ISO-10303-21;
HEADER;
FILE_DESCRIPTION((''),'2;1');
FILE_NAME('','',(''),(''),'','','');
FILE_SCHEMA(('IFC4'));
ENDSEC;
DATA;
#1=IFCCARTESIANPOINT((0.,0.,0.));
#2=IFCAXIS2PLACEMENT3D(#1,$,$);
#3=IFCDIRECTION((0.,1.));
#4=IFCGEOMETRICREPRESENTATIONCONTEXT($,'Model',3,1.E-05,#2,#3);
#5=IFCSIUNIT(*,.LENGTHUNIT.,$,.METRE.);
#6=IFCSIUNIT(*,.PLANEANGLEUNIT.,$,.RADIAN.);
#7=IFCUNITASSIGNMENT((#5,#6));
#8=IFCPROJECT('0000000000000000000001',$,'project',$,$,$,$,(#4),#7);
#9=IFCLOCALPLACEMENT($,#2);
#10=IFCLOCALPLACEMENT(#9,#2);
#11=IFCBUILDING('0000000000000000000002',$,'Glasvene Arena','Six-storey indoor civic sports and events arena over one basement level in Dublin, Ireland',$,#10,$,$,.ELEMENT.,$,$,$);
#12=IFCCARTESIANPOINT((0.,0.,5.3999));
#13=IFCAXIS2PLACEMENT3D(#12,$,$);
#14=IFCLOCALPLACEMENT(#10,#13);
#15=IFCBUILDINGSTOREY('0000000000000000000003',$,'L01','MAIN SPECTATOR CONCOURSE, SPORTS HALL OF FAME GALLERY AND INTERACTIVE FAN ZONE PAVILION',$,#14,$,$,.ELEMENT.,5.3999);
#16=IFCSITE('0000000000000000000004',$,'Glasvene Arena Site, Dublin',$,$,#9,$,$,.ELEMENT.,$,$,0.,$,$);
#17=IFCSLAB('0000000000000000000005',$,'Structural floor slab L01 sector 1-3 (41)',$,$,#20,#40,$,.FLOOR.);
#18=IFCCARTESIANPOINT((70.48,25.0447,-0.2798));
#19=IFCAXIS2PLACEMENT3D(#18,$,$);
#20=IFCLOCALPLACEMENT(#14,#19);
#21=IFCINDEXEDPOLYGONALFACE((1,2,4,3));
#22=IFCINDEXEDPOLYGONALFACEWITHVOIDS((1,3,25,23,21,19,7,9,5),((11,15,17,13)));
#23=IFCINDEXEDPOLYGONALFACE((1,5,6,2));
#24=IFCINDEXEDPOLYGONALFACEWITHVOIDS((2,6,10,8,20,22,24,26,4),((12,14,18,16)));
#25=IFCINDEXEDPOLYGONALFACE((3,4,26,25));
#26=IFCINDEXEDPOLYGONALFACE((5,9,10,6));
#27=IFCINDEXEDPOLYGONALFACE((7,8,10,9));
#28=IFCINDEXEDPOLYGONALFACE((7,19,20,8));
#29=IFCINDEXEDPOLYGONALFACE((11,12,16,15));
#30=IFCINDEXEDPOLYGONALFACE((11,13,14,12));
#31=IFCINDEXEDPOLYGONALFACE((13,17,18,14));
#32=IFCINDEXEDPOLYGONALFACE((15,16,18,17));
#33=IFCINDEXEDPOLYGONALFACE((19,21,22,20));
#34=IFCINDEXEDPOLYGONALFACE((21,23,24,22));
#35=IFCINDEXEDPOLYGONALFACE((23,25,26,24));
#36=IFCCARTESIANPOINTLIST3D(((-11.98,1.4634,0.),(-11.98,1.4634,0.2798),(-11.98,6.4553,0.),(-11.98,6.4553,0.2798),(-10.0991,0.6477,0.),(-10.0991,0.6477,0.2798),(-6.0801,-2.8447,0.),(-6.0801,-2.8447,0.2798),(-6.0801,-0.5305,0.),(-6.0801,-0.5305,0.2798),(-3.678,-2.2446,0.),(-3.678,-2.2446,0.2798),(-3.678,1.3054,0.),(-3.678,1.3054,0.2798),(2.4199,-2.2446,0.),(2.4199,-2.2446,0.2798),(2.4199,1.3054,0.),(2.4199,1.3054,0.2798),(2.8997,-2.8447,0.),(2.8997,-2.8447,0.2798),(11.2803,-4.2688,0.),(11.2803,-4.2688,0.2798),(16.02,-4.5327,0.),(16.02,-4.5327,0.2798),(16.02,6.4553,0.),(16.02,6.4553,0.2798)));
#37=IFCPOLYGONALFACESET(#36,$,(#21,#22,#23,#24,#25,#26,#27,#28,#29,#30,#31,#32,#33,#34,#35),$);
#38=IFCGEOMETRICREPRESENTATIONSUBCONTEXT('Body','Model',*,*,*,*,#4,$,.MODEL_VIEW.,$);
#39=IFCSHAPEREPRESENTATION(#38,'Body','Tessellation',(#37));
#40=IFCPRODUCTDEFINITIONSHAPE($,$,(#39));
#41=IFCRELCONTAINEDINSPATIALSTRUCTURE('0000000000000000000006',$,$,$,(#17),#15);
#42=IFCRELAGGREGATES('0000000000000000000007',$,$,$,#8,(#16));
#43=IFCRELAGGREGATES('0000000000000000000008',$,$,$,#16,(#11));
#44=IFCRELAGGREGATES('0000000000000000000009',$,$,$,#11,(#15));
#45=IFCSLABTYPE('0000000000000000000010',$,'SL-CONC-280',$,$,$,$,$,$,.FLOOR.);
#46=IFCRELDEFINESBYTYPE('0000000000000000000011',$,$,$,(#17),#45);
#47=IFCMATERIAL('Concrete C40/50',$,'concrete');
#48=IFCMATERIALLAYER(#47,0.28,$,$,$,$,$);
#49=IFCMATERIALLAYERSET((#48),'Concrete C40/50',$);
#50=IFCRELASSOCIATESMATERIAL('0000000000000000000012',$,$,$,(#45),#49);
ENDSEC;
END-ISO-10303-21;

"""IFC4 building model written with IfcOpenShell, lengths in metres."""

from ifc_helpers import new_model, si_unit, direction, frame, origin, place, context, subcontext, project, spatial, polyline, outline, extrude, material, layer, layer_set, type_object, element, save


model = new_model("IFC4")

# Units and contexts
model_context = context("Model", 3, precision=1e-05, world=origin(), true_north=direction((0.0, 1.0)))
body_context = subcontext(model_context, "Body", "Model", "MODEL_VIEW")
ifc_project = project(units=[si_unit("LENGTHUNIT", "METRE"), si_unit("PLANEANGLEUNIT", "RADIAN")], contexts=[model_context])

# Site, building, storey
site_placement = place(None, origin())
site = spatial("IfcSite", under=ifc_project, at=site_placement, Name="Glasvene Arena Site, Dublin", CompositionType="ELEMENT", RefElevation=0.0)
building_placement = place(site_placement, origin())
building = spatial("IfcBuilding", under=site, at=building_placement, Name="Glasvene Arena", Description="Six-storey indoor civic sports and events arena over one basement level in Dublin, Ireland", CompositionType="ELEMENT")
storey_placement = place(building_placement, frame((0.0, 0.0, 5.3999)))
storey = spatial("IfcBuildingStorey", under=building, at=storey_placement, Name="L01", Description="MAIN SPECTATOR CONCOURSE, SPORTS HALL OF FAME GALLERY AND INTERACTIVE FAN ZONE PAVILION", CompositionType="ELEMENT", Elevation=5.3999)

# Slab
ifc_material_1 = material(Name="Concrete C40/50", Category="concrete")
ifc_layer_1 = layer(ifc_material_1, 0.28)
ifc_layer_set_1 = layer_set([ifc_layer_1], Name="Concrete C40/50")
slab_type_1 = type_object("IfcSlabType", Name="SL-CONC-280", PredefinedType="FLOOR", material=ifc_layer_set_1)
slab_1_placement = place(storey_placement, frame((70.48, 25.0447, -0.2798)))
element("IfcSlab", 1, at=slab_1_placement, inside=storey, type_object=slab_type_1, Name="Structural floor slab L01 sector 1-3 (41)", PredefinedType="FLOOR", context=body_context, shape_type="SweptSolid", body=[
    extrude(outline(polyline([(2.8997, -2.8447), (-6.0801, -2.8447), (-6.0801, -0.5305), (-10.0991, 0.6477), (-11.98, 1.4634), (-11.98, 6.4553), (16.02, 6.4553), (16.02, -4.5327), (11.2803, -4.2688), (2.8997, -2.8447)]), holes=[polyline([(2.4199, -2.2446), (2.4199, 1.3054), (-3.678, 1.3054), (-3.678, -2.2446), (2.4199, -2.2446)])]), origin(), (0.0, 0.0, 1.0), 0.2798),
])

save(model, "model.ifc")
